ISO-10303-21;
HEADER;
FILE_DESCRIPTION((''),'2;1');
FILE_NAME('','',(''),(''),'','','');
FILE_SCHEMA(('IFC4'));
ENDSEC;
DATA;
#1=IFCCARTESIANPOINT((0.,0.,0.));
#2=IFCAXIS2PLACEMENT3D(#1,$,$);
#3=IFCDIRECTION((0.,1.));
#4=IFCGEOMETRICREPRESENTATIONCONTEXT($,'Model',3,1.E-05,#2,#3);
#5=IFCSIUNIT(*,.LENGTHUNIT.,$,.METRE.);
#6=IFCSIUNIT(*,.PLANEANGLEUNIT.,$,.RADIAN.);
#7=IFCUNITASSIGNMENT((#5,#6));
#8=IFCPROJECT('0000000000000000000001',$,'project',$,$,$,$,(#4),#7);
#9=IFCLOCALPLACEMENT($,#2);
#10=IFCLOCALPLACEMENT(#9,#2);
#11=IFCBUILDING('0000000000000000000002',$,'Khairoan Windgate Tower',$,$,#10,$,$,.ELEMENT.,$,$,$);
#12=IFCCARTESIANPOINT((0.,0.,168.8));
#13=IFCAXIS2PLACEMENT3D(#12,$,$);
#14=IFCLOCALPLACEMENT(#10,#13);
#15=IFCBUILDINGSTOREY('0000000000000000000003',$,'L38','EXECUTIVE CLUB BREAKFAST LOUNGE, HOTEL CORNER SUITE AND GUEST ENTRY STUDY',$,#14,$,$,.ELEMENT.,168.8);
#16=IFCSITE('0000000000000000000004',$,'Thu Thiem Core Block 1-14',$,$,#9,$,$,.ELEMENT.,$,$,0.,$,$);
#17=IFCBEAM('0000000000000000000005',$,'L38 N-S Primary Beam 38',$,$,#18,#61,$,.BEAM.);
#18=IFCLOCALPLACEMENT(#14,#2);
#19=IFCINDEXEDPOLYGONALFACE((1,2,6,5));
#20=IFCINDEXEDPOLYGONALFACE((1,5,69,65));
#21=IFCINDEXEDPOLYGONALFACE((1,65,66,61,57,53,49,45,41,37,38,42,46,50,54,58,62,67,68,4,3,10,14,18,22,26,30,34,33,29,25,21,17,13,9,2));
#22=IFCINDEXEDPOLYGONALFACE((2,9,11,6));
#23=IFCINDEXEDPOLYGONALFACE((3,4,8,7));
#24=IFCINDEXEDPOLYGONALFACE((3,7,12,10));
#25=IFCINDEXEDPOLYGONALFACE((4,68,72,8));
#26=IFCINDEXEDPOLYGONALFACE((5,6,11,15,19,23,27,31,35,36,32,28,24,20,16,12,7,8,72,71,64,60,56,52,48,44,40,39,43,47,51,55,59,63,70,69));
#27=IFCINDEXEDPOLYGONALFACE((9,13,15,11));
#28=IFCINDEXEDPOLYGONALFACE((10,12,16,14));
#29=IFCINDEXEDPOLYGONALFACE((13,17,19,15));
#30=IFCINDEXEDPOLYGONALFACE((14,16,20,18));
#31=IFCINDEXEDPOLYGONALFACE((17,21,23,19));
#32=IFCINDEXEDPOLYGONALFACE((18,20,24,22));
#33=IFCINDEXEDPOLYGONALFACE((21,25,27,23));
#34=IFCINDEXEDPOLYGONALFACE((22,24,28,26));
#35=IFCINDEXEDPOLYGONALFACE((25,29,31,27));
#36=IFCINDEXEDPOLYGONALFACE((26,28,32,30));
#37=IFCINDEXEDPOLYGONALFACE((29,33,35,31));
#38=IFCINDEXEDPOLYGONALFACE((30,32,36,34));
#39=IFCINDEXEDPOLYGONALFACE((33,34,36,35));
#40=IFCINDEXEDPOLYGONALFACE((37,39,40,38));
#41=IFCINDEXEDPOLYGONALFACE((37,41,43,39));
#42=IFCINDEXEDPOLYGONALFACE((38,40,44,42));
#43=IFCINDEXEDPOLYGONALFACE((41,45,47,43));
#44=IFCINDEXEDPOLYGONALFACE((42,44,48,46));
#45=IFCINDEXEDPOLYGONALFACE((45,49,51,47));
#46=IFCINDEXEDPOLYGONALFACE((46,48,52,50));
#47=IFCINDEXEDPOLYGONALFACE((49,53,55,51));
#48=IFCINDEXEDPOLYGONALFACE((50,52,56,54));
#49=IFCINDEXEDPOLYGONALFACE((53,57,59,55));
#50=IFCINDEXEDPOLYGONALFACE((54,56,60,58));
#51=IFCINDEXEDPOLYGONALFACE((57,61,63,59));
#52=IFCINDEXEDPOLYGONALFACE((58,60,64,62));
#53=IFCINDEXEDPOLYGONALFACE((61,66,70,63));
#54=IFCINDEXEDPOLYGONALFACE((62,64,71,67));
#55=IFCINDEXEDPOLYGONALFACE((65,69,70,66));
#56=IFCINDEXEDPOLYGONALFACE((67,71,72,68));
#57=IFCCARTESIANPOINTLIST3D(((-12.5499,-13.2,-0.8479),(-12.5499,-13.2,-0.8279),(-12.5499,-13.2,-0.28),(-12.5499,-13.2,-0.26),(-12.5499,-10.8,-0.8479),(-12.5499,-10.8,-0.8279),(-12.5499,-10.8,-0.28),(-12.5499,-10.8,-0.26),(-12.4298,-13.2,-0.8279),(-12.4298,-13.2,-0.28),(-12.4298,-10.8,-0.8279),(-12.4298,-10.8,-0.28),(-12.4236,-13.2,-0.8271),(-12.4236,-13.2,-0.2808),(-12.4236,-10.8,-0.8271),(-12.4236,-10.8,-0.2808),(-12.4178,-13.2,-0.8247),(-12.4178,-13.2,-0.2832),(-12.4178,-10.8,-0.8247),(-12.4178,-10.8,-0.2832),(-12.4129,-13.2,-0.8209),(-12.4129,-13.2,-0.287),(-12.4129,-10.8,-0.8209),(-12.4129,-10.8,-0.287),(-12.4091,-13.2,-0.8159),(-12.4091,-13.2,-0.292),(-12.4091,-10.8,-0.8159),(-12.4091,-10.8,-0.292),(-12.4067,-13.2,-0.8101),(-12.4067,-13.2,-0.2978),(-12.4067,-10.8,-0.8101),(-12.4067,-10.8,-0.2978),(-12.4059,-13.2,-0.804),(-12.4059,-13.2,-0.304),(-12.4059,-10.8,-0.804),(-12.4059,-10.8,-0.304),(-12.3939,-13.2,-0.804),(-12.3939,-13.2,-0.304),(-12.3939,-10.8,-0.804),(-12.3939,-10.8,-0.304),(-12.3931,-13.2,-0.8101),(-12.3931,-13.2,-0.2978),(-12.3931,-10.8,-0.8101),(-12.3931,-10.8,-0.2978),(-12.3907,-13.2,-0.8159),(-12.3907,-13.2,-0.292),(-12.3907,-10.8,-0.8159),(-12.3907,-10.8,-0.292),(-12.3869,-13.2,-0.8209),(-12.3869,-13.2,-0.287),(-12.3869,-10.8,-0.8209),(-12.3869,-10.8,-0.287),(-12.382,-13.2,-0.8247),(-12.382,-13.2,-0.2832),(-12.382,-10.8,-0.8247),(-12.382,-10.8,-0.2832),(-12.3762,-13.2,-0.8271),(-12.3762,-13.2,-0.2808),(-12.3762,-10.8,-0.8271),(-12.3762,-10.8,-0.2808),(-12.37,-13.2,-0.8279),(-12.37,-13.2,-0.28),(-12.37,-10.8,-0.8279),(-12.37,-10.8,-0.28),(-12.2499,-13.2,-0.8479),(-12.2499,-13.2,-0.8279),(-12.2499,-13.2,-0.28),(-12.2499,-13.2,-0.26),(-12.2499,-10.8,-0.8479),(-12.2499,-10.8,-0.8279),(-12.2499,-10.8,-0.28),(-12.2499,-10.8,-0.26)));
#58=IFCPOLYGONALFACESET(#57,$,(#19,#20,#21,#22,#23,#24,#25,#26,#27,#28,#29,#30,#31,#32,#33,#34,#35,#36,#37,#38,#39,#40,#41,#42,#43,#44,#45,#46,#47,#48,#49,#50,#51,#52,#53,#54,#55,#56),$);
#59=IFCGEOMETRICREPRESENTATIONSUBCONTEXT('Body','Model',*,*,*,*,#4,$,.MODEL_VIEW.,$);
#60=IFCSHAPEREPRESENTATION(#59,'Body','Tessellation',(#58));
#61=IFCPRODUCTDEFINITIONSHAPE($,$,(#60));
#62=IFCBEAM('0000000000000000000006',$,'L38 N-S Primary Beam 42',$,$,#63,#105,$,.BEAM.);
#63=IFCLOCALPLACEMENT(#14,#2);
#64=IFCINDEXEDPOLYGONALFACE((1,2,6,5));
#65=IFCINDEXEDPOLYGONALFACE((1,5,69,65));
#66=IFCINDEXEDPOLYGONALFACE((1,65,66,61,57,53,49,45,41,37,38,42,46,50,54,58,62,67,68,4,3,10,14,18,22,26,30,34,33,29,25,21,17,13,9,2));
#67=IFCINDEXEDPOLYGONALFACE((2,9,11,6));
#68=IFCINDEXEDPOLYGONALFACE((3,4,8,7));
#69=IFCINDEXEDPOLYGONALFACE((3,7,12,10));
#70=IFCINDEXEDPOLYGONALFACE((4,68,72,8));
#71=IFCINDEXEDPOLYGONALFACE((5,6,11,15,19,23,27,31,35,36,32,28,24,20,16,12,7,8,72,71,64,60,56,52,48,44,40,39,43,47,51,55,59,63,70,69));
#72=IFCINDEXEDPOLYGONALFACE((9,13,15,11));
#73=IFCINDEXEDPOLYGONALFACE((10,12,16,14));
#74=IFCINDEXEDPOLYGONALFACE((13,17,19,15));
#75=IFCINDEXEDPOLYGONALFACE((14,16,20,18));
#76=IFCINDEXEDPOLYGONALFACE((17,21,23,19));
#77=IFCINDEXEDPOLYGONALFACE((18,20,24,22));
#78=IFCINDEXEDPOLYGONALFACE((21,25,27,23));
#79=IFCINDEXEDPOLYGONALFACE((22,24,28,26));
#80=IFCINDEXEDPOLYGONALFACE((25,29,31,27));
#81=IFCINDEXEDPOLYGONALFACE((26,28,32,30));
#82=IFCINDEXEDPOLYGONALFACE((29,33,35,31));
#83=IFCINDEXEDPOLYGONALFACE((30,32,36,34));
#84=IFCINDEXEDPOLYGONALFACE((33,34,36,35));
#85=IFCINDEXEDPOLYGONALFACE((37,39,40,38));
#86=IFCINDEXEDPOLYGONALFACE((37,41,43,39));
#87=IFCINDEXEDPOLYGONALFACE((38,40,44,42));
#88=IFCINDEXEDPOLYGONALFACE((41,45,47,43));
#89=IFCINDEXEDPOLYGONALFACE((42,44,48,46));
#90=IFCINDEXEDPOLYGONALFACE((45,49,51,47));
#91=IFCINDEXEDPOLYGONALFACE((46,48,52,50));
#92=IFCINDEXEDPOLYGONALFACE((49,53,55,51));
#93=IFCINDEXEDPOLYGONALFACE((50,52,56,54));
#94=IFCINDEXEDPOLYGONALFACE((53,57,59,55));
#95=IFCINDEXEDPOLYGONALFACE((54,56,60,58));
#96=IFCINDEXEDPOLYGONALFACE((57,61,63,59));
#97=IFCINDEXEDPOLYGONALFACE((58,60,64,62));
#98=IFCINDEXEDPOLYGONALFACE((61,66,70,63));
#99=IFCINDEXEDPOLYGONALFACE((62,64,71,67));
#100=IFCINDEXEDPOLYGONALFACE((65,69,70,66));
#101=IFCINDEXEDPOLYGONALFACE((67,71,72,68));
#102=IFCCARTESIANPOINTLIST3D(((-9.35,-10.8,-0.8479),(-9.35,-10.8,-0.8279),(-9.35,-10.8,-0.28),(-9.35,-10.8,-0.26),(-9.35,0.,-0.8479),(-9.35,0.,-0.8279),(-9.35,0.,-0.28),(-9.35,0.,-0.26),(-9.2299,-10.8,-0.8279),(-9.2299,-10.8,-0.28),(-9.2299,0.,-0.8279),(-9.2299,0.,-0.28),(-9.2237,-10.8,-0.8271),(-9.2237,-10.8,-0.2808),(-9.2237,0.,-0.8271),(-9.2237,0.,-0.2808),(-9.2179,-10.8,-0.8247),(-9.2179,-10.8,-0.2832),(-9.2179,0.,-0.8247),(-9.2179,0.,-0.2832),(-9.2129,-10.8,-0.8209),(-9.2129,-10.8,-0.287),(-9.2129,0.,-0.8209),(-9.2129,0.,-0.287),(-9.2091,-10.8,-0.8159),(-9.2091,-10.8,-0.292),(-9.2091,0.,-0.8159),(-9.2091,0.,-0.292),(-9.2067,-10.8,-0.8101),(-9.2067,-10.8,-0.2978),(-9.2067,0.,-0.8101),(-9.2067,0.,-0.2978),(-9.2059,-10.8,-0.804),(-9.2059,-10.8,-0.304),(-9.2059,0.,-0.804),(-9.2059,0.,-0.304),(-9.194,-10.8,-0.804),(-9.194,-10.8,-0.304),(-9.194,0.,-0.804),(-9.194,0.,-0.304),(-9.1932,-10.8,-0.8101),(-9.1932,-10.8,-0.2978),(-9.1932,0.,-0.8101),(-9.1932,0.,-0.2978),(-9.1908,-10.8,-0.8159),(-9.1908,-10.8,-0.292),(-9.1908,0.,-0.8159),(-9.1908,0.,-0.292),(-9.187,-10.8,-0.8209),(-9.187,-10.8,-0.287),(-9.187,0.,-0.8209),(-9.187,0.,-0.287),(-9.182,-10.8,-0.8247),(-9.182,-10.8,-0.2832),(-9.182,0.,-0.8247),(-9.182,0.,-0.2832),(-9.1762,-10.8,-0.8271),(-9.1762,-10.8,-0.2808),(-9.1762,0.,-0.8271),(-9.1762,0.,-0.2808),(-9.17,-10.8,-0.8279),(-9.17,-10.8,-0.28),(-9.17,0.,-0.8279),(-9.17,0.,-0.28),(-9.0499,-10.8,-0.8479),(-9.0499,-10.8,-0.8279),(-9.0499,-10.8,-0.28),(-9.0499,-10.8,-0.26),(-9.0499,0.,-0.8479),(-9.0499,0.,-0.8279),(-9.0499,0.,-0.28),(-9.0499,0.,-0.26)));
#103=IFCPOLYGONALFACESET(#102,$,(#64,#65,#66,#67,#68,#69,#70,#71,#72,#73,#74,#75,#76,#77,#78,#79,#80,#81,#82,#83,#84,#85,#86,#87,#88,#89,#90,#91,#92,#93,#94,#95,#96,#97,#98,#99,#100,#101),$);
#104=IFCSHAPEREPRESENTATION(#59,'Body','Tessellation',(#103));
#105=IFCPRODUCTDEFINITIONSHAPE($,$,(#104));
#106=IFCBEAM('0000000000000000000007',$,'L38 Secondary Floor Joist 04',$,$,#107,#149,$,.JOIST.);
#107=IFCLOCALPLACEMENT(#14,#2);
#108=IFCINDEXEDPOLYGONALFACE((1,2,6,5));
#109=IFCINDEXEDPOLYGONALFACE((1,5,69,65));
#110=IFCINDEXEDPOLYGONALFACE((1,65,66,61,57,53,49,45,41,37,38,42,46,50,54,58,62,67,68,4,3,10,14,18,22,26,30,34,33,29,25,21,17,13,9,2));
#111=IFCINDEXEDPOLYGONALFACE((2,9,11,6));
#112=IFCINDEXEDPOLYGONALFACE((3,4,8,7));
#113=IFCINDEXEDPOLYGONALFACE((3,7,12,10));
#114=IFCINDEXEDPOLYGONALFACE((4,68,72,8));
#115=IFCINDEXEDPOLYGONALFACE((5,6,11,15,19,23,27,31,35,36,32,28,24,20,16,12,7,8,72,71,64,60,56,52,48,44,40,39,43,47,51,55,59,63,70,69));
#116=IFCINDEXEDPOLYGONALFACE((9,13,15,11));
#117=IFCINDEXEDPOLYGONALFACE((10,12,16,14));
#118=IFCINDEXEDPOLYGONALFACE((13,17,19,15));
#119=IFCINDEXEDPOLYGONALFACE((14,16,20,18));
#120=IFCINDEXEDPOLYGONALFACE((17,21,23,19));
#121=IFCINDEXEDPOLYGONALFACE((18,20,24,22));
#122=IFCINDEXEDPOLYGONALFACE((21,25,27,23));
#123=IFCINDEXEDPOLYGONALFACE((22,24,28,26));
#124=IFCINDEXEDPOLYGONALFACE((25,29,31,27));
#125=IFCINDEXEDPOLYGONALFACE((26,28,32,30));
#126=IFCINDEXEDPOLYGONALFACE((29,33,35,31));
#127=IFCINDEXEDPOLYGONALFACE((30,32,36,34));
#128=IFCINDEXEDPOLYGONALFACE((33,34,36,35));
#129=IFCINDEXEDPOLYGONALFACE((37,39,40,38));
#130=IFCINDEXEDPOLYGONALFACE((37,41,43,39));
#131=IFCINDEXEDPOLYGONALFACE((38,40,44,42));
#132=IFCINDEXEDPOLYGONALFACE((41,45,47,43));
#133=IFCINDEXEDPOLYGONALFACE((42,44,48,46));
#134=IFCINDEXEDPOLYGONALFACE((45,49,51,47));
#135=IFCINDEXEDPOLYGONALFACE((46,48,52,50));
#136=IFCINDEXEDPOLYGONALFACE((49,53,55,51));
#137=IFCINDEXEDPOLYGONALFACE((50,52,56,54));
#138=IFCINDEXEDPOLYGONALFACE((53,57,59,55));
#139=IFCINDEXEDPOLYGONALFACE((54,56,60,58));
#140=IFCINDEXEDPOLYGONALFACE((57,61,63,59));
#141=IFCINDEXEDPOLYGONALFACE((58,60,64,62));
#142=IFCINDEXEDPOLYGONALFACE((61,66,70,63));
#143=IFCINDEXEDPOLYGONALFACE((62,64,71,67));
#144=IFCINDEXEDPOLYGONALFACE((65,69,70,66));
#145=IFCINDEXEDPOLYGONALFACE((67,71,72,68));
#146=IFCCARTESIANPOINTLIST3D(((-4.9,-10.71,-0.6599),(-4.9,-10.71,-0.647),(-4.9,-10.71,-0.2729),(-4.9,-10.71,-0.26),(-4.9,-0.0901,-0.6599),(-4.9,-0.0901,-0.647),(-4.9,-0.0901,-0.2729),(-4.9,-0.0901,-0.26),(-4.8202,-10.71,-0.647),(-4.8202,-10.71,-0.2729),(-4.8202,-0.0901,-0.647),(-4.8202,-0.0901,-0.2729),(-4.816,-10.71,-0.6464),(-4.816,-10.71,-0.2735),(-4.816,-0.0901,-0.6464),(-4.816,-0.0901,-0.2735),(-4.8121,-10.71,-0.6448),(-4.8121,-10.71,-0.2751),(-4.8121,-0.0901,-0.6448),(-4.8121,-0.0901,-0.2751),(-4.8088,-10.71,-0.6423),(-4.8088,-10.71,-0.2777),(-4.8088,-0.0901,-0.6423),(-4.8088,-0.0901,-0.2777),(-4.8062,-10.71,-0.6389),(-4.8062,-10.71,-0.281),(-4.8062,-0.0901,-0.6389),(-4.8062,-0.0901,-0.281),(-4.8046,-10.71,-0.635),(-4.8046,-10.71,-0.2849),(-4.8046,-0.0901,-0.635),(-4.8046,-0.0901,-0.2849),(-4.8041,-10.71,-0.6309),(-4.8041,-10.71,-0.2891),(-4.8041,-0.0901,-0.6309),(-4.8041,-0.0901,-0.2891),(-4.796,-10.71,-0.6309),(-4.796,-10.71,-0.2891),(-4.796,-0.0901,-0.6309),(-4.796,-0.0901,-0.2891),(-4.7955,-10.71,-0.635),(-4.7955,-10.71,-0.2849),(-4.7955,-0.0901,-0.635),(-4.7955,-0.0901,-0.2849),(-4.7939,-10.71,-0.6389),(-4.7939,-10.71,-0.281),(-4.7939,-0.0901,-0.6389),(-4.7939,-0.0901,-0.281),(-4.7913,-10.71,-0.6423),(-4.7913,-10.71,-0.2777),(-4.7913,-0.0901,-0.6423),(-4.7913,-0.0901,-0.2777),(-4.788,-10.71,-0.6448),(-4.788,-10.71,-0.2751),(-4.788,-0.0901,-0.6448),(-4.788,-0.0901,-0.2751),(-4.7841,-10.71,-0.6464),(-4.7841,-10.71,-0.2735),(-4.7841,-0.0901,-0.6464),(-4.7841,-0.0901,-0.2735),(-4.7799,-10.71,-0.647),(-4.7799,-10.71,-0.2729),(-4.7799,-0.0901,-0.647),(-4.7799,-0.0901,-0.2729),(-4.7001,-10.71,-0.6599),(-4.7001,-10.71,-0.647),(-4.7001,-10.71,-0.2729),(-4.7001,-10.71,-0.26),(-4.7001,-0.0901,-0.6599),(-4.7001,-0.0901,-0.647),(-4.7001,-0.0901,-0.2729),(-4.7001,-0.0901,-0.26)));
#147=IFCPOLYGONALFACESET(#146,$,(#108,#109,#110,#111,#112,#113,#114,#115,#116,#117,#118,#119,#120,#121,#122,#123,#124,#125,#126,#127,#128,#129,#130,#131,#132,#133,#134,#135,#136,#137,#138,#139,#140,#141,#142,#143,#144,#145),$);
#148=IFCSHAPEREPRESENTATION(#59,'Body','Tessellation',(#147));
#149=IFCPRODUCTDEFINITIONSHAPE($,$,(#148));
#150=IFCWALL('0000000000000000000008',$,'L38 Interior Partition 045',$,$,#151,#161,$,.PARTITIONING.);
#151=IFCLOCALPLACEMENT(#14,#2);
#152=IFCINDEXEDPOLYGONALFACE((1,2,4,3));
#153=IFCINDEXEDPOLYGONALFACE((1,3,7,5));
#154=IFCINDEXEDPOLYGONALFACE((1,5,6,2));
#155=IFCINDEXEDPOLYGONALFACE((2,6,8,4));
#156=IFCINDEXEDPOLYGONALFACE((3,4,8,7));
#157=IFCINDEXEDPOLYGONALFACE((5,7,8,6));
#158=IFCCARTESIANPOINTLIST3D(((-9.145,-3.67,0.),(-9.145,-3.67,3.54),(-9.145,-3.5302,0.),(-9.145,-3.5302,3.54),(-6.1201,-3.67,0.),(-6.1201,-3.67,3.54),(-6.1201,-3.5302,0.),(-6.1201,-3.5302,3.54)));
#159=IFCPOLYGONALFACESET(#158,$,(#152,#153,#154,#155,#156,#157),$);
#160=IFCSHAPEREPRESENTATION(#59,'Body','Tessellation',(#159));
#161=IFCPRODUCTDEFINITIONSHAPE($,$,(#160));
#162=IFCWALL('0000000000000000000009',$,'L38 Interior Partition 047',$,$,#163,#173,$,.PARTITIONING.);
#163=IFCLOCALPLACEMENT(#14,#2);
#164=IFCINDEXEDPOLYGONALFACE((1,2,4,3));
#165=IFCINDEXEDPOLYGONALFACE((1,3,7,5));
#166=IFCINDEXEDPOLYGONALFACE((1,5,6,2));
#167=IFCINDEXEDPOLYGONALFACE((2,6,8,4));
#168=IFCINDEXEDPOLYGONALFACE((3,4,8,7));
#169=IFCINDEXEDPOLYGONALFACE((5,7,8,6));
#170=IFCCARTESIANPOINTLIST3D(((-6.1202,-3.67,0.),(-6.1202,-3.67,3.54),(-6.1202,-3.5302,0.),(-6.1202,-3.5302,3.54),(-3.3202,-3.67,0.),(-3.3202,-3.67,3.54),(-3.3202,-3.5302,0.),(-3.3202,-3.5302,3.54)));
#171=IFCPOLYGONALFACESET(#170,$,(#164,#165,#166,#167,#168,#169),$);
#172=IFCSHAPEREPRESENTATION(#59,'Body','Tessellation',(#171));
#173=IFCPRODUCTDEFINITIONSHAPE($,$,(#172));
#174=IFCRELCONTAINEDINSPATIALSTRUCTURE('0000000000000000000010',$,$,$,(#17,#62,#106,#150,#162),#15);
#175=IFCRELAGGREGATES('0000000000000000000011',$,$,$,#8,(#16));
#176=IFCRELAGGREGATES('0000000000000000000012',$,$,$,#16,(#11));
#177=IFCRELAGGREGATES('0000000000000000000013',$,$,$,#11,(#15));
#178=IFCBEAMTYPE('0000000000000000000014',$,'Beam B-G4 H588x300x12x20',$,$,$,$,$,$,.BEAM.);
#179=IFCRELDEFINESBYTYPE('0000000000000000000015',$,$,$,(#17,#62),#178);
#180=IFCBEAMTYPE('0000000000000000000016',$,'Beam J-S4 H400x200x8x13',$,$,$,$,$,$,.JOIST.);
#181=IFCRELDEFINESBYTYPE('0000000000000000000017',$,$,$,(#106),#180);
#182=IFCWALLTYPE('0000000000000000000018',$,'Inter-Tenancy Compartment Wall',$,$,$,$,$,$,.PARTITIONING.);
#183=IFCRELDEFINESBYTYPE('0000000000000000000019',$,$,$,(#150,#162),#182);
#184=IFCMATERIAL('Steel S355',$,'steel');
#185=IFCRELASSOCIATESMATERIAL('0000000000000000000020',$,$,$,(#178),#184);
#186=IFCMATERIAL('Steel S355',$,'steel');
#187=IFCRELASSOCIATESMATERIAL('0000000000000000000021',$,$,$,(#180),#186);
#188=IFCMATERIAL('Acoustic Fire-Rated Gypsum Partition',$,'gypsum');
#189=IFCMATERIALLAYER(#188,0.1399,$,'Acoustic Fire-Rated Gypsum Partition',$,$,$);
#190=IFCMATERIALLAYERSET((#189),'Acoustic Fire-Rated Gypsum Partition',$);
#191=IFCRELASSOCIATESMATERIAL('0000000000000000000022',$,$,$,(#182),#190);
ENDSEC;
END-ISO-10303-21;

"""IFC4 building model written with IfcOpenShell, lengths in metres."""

from ifc_helpers import new_model, si_unit, direction, frame, frame_2d, origin, origin_2d, place, context, subcontext, project, spatial, rectangle, i_section, extrude, material, layer, layer_set, material_profile, profile_set, type_object, element, save


model = new_model("IFC4")

# Units and contexts
model_context = context("Model", 3, precision=1e-05, world=origin(), true_north=direction((0.0, 1.0)))
body_context = subcontext(model_context, "Body", "Model", "MODEL_VIEW")
ifc_project = project(units=[si_unit("LENGTHUNIT", "METRE"), si_unit("PLANEANGLEUNIT", "RADIAN")], contexts=[model_context])

# Site, building, storey
site_placement = place(None, origin())
site = spatial("IfcSite", under=ifc_project, at=site_placement, Name="Thu Thiem Core Block 1-14", CompositionType="ELEMENT", RefElevation=0.0)
building_placement = place(site_placement, origin())
building = spatial("IfcBuilding", under=site, at=building_placement, Name="Khairoan Windgate Tower", CompositionType="ELEMENT")
storey_placement = place(building_placement, frame((0.0, 0.0, 168.8)))
storey = spatial("IfcBuildingStorey", under=building, at=storey_placement, Name="L38", Description="EXECUTIVE CLUB BREAKFAST LOUNGE, HOTEL CORNER SUITE AND GUEST ENTRY STUDY", CompositionType="ELEMENT", Elevation=168.8)

# Beams
ifc_material_1 = material(Name="Steel S355", Category="steel")
ifc_material_profile_1 = material_profile(ifc_material_1, i_section(OverallWidth=0.3, OverallDepth=0.5879, WebThickness=0.012, FlangeThickness=0.02, FilletRadius=0.0239, at=origin_2d()))
ifc_profile_set_1 = profile_set([ifc_material_profile_1], Name="Steel S355")
beam_type_1 = type_object("IfcBeamType", Name="Beam B-G4 H588x300x12x20", PredefinedType="BEAM", material=ifc_profile_set_1)
beam_1_placement = place(storey_placement, frame((-12.3999, -13.2, -0.554), z_axis=(0.0, 1.0, 0.0), x_axis=(-1.0, 0.0, 0.0)))
element("IfcBeam", 1, at=beam_1_placement, inside=storey, type_object=beam_type_1, Name="L38 N-S Primary Beam 38", PredefinedType="BEAM", context=body_context, shape_type="SweptSolid", body=[
    extrude(i_section(OverallWidth=0.3, OverallDepth=0.5879, WebThickness=0.012, FlangeThickness=0.02, FilletRadius=0.0239, at=origin_2d()), origin(), (0.0, 0.0, 1.0), 2.3999),
])
beam_2_placement = place(storey_placement, frame((-9.2, -10.8, -0.554), z_axis=(0.0, 1.0, 0.0), x_axis=(-1.0, 0.0, 0.0)))
element("IfcBeam", 2, at=beam_2_placement, inside=storey, type_object=beam_type_1, Name="L38 N-S Primary Beam 42", PredefinedType="BEAM", context=body_context, shape_type="SweptSolid", body=[
    extrude(i_section(OverallWidth=0.3, OverallDepth=0.5879, WebThickness=0.012, FlangeThickness=0.02, FilletRadius=0.0239, at=origin_2d()), origin(), (0.0, 0.0, 1.0), 10.8),
])
ifc_material_2 = material(Name="Steel S355", Category="steel")
ifc_material_profile_2 = material_profile(ifc_material_2, i_section(OverallWidth=0.2, OverallDepth=0.3999, WebThickness=0.0081, FlangeThickness=0.0129, FilletRadius=0.0161, at=origin_2d()))
ifc_profile_set_2 = profile_set([ifc_material_profile_2], Name="Steel S355")
beam_type_2 = type_object("IfcBeamType", Name="Beam J-S4 H400x200x8x13", PredefinedType="JOIST", material=ifc_profile_set_2)
beam_3_placement = place(storey_placement, frame((-4.8, -10.71, -0.46), z_axis=(0.0, 1.0, 0.0), x_axis=(-1.0, 0.0, 0.0)))
element("IfcBeam", 3, at=beam_3_placement, inside=storey, type_object=beam_type_2, Name="L38 Secondary Floor Joist 04", PredefinedType="JOIST", context=body_context, shape_type="SweptSolid", body=[
    extrude(i_section(OverallWidth=0.2, OverallDepth=0.3999, WebThickness=0.0081, FlangeThickness=0.0129, FilletRadius=0.0161, at=origin_2d()), origin(), (0.0, 0.0, 1.0), 10.6199),
])

# Walls
ifc_material_3 = material(Name="Acoustic Fire-Rated Gypsum Partition", Category="gypsum")
ifc_layer_1 = layer(ifc_material_3, 0.1399, Name="Acoustic Fire-Rated Gypsum Partition")
ifc_layer_set_1 = layer_set([ifc_layer_1], Name="Acoustic Fire-Rated Gypsum Partition")
wall_type_1 = type_object("IfcWallType", Name="Inter-Tenancy Compartment Wall", PredefinedType="PARTITIONING", material=ifc_layer_set_1)
wall_1_placement = place(storey_placement, frame((-9.145, -3.6001, 0.0), z_axis=(0.0, 0.0, 1.0), x_axis=(1.0, 0.0, 0.0)))
element("IfcWall", 4, at=wall_1_placement, inside=storey, type_object=wall_type_1, Name="L38 Interior Partition 045", PredefinedType="PARTITIONING", context=body_context, shape_type="SweptSolid", body=[
    extrude(rectangle(XDim=3.0249, YDim=0.1399, at=frame_2d((1.5125, 0.0))), origin(), (0.0, 0.0, 1.0), 3.54),
])
wall_2_placement = place(storey_placement, frame((-6.1201, -3.6001, 0.0), z_axis=(0.0, 0.0, 1.0), x_axis=(1.0, 0.0, 0.0)))
element("IfcWall", 5, at=wall_2_placement, inside=storey, type_object=wall_type_1, Name="L38 Interior Partition 047", PredefinedType="PARTITIONING", context=body_context, shape_type="SweptSolid", body=[
    extrude(rectangle(XDim=2.8, YDim=0.1399, at=frame_2d((1.3999, 0.0))), origin(), (0.0, 0.0, 1.0), 3.54),
])

save(model, "model.ifc")
